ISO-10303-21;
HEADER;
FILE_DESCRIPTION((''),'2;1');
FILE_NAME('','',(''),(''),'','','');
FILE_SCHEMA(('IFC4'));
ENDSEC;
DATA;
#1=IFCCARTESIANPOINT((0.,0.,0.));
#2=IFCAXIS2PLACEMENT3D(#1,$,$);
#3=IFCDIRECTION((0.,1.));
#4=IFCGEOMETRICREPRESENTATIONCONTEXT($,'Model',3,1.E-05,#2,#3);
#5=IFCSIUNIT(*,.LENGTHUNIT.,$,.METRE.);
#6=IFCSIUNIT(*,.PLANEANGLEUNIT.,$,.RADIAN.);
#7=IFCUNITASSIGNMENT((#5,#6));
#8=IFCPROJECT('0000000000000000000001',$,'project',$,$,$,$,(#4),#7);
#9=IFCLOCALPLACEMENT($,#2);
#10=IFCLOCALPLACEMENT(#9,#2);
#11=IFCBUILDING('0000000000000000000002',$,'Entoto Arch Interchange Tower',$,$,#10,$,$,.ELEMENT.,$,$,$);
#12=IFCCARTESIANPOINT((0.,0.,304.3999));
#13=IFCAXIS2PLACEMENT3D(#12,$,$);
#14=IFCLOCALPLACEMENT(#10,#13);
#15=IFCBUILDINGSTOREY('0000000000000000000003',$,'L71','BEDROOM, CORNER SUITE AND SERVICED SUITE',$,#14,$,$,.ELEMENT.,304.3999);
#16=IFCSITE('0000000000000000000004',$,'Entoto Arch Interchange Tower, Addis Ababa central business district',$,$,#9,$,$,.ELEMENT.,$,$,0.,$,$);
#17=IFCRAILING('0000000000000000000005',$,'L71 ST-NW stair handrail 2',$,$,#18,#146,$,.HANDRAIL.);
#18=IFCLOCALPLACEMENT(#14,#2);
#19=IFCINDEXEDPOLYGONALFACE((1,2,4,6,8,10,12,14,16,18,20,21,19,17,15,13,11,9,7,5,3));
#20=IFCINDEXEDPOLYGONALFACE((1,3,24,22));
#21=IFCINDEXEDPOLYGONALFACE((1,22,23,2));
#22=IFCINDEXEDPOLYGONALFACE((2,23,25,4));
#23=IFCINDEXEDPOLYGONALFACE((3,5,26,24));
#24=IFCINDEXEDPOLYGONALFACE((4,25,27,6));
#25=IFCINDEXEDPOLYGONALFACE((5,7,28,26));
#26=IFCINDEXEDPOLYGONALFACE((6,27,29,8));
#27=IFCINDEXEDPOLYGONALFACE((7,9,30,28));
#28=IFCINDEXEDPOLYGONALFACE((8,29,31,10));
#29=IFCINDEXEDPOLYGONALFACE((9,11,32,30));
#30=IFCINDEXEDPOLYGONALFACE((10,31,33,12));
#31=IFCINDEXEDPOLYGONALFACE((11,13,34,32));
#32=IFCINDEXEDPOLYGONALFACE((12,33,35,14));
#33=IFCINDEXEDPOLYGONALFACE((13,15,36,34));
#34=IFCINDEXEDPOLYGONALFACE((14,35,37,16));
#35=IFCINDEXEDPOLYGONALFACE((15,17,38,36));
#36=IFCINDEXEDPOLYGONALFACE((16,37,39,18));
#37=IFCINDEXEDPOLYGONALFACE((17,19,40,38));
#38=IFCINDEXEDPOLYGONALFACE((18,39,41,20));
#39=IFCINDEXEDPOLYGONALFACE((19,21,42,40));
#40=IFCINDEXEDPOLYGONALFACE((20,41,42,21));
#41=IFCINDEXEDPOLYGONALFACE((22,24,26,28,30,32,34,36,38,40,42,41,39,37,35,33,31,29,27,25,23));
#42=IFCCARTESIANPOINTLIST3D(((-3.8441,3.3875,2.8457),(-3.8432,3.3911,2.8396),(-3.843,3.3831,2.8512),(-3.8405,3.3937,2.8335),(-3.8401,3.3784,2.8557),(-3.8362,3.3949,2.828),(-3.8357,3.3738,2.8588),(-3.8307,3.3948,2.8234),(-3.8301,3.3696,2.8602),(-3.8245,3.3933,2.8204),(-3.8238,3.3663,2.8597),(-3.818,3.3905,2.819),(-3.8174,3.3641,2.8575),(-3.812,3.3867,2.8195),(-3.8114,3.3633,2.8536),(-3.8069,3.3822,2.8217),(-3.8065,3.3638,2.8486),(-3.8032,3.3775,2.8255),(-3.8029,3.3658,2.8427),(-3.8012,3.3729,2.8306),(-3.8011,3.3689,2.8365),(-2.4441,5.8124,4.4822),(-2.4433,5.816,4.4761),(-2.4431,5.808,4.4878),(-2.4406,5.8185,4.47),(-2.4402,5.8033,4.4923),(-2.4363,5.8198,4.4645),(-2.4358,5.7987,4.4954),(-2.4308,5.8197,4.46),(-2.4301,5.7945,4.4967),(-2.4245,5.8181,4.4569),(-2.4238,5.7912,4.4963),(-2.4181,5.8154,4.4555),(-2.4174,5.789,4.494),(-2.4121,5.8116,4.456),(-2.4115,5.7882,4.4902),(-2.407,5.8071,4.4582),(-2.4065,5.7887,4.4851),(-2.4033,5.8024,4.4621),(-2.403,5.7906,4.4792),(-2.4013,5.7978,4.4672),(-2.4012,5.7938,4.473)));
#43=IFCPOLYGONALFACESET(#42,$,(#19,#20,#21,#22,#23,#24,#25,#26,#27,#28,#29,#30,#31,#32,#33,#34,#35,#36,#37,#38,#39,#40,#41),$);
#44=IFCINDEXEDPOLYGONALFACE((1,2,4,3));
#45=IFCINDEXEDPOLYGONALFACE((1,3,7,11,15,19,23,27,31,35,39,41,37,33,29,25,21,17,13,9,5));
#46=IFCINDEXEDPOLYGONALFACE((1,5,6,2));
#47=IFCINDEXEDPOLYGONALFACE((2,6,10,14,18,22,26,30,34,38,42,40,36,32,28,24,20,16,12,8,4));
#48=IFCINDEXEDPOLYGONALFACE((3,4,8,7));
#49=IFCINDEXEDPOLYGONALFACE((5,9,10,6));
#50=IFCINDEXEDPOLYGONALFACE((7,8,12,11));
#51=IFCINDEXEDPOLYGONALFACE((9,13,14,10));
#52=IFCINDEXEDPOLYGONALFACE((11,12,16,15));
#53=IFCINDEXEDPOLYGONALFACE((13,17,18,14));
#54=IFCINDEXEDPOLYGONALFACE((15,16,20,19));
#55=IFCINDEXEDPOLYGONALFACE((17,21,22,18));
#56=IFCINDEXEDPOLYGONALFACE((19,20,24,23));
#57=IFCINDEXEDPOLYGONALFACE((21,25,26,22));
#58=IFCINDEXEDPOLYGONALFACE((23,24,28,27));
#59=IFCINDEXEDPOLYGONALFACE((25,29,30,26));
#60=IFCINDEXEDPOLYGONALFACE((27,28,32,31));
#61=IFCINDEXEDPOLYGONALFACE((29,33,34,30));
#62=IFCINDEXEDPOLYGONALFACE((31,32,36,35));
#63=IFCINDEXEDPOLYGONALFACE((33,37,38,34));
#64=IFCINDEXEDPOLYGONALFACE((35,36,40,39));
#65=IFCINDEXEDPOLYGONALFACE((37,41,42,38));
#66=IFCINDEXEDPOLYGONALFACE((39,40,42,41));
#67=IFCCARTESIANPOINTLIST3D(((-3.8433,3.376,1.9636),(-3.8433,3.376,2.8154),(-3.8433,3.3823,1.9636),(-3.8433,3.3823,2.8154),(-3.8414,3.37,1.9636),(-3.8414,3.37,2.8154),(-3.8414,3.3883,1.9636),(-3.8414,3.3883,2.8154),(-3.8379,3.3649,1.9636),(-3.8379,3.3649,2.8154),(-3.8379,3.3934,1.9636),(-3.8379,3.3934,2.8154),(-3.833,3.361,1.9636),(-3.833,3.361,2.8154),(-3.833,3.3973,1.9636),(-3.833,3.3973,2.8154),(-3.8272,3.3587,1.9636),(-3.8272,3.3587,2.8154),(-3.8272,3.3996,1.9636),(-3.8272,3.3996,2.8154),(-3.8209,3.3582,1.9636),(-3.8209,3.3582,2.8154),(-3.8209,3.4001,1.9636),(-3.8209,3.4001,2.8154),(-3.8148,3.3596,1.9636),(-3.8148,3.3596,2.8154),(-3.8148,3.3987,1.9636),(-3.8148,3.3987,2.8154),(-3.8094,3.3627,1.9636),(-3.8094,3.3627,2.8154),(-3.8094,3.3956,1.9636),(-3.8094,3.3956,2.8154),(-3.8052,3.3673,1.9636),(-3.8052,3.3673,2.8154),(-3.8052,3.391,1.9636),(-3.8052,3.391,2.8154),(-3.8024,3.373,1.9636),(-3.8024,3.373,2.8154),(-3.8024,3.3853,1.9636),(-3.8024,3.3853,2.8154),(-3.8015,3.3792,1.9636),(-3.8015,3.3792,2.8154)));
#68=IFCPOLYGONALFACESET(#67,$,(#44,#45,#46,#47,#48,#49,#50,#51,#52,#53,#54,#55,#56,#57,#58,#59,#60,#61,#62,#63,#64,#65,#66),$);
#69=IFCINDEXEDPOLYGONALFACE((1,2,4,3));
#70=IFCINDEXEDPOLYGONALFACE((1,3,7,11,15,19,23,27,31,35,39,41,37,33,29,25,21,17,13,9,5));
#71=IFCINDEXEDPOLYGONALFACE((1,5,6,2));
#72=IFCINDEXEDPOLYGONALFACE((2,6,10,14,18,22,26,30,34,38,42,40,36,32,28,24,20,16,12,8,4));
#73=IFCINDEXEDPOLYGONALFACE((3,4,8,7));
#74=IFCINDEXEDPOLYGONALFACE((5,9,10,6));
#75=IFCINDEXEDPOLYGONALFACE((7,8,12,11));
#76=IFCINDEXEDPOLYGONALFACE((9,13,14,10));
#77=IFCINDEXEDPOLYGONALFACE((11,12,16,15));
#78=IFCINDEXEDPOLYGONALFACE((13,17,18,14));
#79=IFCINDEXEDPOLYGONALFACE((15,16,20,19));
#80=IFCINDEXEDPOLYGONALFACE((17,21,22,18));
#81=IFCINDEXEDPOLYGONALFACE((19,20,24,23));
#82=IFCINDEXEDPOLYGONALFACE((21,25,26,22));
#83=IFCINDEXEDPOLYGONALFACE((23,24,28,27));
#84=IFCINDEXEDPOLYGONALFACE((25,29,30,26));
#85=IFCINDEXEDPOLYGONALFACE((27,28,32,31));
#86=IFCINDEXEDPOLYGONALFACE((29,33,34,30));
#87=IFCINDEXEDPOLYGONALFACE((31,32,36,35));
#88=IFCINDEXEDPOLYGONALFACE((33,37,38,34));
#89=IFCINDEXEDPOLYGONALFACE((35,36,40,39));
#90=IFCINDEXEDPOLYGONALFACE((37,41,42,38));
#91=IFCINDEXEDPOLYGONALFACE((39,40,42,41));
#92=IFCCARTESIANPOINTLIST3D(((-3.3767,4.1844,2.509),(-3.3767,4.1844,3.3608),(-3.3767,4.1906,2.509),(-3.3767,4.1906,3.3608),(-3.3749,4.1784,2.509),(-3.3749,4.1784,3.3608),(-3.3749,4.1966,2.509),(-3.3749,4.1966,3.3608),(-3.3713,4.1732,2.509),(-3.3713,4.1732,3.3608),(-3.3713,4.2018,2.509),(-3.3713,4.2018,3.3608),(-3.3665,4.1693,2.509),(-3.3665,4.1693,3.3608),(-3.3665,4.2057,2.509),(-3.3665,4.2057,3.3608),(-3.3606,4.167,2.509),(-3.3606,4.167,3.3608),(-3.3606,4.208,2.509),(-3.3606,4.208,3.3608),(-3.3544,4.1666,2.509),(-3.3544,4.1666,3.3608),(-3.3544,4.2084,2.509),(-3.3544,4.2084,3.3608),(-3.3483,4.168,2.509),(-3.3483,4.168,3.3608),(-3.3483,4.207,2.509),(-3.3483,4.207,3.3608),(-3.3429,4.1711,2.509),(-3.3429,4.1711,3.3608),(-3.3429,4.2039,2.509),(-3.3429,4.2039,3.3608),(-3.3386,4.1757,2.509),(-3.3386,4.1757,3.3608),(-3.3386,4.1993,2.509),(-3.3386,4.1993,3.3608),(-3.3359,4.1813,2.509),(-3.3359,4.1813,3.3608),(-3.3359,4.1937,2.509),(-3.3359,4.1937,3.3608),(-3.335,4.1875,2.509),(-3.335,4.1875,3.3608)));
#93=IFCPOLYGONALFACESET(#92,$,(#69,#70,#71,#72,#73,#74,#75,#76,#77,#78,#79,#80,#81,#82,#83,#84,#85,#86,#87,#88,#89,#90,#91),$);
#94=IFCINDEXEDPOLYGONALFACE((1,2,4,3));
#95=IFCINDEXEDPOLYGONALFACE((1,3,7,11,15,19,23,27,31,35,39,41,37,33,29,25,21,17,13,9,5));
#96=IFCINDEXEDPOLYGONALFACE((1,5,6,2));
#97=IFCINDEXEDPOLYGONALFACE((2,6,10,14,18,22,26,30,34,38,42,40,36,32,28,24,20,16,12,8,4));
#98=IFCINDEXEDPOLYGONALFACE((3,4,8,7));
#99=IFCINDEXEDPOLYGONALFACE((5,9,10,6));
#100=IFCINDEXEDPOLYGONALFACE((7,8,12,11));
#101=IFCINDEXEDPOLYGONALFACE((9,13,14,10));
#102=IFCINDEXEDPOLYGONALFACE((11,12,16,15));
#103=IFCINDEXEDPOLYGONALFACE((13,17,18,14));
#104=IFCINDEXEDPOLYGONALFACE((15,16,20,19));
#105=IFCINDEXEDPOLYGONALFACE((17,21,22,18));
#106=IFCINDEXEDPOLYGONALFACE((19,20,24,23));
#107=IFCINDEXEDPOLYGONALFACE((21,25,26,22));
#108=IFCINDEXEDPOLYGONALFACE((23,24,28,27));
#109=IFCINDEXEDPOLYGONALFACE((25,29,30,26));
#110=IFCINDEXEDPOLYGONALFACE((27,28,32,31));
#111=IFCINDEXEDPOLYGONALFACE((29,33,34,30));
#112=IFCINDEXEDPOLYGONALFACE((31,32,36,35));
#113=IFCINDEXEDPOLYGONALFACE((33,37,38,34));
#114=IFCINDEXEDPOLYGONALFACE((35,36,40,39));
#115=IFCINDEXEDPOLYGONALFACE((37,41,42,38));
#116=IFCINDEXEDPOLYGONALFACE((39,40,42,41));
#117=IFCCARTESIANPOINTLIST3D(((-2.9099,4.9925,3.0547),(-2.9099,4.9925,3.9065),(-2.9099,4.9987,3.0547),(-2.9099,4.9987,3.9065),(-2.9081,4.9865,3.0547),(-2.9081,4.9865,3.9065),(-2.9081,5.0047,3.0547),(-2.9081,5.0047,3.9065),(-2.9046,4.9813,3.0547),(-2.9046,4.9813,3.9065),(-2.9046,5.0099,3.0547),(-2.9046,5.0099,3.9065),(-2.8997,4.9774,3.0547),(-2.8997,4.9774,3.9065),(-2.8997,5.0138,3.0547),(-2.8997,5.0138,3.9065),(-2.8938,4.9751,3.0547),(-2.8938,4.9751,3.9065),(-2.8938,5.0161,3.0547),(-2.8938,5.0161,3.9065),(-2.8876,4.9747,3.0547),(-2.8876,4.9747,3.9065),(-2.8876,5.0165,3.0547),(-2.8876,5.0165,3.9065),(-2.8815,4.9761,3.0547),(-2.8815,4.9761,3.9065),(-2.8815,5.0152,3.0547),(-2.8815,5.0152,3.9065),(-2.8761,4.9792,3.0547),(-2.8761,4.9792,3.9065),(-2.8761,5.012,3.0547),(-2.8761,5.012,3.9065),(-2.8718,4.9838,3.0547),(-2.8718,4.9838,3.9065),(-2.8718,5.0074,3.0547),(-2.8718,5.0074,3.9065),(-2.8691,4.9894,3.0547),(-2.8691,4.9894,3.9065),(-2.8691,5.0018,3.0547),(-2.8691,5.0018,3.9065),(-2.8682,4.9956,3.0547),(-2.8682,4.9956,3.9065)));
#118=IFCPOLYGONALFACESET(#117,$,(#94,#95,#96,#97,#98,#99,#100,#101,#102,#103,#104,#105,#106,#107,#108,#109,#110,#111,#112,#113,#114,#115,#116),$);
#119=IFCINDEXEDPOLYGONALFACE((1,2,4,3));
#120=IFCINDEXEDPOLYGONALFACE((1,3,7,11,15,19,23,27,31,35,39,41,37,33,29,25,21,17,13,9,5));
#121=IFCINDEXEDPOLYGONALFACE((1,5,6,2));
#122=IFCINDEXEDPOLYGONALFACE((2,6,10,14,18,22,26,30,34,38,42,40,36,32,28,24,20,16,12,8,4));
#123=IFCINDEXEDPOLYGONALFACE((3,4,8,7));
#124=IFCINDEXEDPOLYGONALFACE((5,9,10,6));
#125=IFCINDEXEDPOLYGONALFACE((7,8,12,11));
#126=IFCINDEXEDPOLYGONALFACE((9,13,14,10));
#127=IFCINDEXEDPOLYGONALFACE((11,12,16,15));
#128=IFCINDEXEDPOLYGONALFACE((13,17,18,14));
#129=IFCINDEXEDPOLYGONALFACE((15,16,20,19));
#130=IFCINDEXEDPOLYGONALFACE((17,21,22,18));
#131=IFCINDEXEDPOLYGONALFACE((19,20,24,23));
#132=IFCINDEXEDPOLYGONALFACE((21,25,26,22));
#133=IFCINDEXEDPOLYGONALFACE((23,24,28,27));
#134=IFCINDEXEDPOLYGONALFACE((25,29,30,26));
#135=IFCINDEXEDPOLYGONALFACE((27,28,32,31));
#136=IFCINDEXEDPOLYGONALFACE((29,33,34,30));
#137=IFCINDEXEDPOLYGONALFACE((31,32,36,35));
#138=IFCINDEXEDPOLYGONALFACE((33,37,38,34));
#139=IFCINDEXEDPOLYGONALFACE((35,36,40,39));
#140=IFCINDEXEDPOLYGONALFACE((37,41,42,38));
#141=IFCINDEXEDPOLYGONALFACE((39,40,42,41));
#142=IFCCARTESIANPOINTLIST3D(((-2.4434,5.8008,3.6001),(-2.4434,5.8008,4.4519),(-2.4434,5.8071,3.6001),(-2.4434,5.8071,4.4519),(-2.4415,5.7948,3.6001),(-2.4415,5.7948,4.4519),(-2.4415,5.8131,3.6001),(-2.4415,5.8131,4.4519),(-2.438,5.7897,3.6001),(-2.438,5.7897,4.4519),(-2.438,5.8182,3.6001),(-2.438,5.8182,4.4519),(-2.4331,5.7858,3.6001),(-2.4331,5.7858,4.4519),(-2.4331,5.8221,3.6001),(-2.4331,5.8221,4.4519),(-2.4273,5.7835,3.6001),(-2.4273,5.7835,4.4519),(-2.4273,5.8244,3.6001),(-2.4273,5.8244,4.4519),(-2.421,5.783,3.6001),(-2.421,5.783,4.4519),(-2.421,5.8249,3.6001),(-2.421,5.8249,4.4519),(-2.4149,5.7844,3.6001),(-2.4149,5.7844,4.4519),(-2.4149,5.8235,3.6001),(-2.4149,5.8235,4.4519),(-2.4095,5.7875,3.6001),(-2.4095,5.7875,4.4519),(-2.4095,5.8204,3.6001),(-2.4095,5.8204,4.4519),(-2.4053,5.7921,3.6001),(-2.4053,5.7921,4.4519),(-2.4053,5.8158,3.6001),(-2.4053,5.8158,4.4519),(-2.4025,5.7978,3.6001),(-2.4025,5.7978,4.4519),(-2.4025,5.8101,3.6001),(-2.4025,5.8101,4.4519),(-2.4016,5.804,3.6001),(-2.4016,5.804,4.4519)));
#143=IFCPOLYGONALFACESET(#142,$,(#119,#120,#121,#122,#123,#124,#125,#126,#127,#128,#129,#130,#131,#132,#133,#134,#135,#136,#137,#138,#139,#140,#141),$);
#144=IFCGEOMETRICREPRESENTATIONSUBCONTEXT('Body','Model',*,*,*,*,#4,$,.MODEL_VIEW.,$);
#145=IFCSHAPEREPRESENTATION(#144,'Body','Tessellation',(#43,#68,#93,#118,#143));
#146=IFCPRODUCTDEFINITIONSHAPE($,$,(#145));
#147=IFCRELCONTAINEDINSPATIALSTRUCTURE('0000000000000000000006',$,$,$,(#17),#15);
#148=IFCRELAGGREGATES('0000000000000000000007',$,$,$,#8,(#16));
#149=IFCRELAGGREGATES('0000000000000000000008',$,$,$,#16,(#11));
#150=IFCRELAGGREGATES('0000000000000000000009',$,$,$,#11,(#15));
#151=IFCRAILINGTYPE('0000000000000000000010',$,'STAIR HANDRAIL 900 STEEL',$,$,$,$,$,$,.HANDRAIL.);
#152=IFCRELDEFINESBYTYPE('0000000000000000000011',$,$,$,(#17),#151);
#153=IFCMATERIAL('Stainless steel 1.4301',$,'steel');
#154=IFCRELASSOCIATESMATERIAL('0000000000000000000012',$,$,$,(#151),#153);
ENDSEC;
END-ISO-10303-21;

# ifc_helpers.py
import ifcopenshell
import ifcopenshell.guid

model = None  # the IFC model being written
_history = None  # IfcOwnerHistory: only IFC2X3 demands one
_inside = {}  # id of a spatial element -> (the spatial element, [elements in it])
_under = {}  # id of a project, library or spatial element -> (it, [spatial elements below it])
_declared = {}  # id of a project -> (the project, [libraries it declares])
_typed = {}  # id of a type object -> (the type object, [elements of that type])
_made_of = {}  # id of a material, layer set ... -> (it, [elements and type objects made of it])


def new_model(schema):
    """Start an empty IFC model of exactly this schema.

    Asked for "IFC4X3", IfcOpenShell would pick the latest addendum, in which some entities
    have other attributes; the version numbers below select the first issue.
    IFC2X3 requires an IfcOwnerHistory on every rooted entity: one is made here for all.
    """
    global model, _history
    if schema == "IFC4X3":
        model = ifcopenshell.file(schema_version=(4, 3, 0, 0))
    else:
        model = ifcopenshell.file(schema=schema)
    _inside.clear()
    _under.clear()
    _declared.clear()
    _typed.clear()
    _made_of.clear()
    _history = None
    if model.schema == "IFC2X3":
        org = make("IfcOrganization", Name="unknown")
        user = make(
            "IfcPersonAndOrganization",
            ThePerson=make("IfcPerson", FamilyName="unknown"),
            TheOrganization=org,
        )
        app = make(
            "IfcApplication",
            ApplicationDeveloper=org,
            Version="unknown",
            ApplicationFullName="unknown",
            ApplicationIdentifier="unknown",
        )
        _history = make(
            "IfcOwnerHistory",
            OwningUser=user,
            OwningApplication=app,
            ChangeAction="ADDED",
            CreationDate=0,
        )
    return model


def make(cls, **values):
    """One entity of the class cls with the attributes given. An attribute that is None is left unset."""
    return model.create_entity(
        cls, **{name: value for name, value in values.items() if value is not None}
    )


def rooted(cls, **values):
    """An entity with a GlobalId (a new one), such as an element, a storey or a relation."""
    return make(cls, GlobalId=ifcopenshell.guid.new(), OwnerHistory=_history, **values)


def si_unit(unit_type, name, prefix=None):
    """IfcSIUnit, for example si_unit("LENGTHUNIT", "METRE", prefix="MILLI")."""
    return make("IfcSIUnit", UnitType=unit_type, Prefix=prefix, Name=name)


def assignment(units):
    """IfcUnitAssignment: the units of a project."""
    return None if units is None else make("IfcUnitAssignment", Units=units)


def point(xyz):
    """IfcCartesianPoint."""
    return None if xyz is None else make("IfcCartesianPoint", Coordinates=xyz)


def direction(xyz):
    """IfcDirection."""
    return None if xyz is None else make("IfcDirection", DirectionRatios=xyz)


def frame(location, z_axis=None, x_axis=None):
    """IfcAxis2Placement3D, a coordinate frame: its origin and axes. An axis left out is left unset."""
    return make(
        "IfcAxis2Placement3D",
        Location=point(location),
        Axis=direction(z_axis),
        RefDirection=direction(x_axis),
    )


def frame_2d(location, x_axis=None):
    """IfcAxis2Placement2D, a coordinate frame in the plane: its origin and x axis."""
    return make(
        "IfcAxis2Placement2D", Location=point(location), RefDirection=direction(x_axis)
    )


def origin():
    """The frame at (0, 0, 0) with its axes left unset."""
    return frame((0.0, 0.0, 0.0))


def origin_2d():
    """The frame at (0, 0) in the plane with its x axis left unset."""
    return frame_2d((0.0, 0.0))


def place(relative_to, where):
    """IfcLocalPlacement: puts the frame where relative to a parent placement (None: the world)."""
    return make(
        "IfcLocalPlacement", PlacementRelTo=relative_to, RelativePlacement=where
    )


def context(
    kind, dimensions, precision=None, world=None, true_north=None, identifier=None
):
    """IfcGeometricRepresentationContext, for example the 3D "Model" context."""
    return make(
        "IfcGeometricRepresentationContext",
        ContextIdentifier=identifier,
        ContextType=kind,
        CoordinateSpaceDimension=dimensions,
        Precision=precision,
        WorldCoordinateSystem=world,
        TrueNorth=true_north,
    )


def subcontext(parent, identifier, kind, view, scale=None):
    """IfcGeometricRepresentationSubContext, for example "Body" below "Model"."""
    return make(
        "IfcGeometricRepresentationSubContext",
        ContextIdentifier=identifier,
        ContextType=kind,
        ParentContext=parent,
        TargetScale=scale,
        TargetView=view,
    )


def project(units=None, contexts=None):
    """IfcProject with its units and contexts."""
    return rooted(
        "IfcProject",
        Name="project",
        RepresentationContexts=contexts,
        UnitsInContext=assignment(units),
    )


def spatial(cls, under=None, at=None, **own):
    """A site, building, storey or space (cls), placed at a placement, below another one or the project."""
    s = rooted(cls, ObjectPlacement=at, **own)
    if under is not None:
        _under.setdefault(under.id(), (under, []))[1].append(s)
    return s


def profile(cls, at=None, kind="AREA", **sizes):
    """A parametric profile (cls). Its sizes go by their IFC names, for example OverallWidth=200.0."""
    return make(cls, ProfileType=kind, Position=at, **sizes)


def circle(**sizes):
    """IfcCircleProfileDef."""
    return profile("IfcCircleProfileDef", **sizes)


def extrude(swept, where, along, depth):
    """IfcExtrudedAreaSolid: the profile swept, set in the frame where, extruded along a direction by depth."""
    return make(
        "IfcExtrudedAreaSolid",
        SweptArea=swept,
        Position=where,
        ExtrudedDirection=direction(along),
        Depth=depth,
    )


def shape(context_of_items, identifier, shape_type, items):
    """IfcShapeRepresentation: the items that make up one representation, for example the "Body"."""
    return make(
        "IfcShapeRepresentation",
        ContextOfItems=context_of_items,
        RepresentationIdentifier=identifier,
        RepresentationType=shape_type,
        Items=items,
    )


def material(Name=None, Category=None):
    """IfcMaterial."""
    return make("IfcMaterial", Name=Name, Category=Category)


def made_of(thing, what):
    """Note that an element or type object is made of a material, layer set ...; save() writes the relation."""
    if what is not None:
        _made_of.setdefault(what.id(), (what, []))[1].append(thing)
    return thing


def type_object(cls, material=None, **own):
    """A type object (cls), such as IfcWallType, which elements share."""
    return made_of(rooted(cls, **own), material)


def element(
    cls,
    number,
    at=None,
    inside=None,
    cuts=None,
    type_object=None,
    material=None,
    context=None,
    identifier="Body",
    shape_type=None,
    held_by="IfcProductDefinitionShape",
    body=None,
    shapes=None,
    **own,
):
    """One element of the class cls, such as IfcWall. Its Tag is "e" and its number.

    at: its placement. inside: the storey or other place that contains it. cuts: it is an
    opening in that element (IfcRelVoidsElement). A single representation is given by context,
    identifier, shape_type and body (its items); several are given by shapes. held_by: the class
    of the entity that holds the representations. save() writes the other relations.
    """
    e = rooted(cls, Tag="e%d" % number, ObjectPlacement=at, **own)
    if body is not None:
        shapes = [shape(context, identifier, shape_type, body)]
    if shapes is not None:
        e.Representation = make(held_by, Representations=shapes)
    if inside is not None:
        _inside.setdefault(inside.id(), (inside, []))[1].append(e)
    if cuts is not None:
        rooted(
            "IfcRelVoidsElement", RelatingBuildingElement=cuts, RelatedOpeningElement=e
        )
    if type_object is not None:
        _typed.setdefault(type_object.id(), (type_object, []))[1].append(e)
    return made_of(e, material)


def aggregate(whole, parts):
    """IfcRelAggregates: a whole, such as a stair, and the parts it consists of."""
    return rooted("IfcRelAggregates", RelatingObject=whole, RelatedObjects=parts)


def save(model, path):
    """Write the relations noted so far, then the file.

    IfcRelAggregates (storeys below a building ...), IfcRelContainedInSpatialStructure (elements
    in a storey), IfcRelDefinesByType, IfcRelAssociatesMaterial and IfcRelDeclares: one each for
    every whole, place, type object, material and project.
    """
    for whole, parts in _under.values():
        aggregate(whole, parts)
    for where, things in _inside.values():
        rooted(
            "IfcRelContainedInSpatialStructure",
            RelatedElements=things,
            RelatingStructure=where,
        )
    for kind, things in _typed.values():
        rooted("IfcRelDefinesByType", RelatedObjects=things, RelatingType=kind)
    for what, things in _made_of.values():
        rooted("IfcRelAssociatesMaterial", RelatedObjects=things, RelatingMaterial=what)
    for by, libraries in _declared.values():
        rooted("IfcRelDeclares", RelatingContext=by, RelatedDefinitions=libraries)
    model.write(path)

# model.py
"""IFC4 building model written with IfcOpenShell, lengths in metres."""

from ifc_helpers import new_model, si_unit, direction, frame, origin, origin_2d, place, context, subcontext, project, spatial, circle, extrude, material, type_object, element, save


model = new_model("IFC4")

# Units and contexts
model_context = context("Model", 3, precision=1e-05, world=origin(), true_north=direction((0.0, 1.0)))
body_context = subcontext(model_context, "Body", "Model", "MODEL_VIEW")
ifc_project = project(units=[si_unit("LENGTHUNIT", "METRE"), si_unit("PLANEANGLEUNIT", "RADIAN")], contexts=[model_context])

# Site, building, storey
site_placement = place(None, origin())
site = spatial("IfcSite", under=ifc_project, at=site_placement, Name="Entoto Arch Interchange Tower, Addis Ababa central business district", CompositionType="ELEMENT", RefElevation=0.0)
building_placement = place(site_placement, origin())
building = spatial("IfcBuilding", under=site, at=building_placement, Name="Entoto Arch Interchange Tower", CompositionType="ELEMENT")
storey_placement = place(building_placement, frame((0.0, 0.0, 304.3999)))
storey = spatial("IfcBuildingStorey", under=building, at=storey_placement, Name="L71", Description="BEDROOM, CORNER SUITE AND SERVICED SUITE", CompositionType="ELEMENT", Elevation=304.3999)

# Railing
ifc_material_1 = material(Name="Stainless steel 1.4301", Category="steel")
railing_type_1 = type_object("IfcRailingType", Name="STAIR HANDRAIL 900 STEEL", PredefinedType="HANDRAIL", material=ifc_material_1)
railing_1_placement = place(storey_placement, frame((-3.8225, 3.3792, 1.9636)))
element("IfcRailing", 1, at=railing_1_placement, inside=storey, type_object=railing_type_1, Name="L71 ST-NW stair handrail 2", PredefinedType="HANDRAIL", context=body_context, shape_type="SweptSolid", body=[
    extrude(circle(Radius=0.0239, at=origin_2d()), frame((0.0, 0.0, 0.876), z_axis=(0.431661, 0.74769, 0.504608), x_axis=(-0.866035, 0.499984, 0.0)), (0.0, 0.0, 1.0), 3.2432),
    extrude(circle(Radius=0.021, at=origin_2d()), origin(), (0.0, 0.0, 1.0), 0.8518),
    extrude(circle(Radius=0.021, at=origin_2d()), frame((0.4666, 0.8083, 0.5454)), (0.0, 0.0, 1.0), 0.8518),
    extrude(circle(Radius=0.021, at=origin_2d()), frame((0.9333, 1.6165, 1.0911)), (0.0, 0.0, 1.0), 0.8518),
    extrude(circle(Radius=0.021, at=origin_2d()), frame((1.3999, 2.4248, 1.6365)), (0.0, 0.0, 1.0), 0.8518),
])

save(model, "model.ifc")
